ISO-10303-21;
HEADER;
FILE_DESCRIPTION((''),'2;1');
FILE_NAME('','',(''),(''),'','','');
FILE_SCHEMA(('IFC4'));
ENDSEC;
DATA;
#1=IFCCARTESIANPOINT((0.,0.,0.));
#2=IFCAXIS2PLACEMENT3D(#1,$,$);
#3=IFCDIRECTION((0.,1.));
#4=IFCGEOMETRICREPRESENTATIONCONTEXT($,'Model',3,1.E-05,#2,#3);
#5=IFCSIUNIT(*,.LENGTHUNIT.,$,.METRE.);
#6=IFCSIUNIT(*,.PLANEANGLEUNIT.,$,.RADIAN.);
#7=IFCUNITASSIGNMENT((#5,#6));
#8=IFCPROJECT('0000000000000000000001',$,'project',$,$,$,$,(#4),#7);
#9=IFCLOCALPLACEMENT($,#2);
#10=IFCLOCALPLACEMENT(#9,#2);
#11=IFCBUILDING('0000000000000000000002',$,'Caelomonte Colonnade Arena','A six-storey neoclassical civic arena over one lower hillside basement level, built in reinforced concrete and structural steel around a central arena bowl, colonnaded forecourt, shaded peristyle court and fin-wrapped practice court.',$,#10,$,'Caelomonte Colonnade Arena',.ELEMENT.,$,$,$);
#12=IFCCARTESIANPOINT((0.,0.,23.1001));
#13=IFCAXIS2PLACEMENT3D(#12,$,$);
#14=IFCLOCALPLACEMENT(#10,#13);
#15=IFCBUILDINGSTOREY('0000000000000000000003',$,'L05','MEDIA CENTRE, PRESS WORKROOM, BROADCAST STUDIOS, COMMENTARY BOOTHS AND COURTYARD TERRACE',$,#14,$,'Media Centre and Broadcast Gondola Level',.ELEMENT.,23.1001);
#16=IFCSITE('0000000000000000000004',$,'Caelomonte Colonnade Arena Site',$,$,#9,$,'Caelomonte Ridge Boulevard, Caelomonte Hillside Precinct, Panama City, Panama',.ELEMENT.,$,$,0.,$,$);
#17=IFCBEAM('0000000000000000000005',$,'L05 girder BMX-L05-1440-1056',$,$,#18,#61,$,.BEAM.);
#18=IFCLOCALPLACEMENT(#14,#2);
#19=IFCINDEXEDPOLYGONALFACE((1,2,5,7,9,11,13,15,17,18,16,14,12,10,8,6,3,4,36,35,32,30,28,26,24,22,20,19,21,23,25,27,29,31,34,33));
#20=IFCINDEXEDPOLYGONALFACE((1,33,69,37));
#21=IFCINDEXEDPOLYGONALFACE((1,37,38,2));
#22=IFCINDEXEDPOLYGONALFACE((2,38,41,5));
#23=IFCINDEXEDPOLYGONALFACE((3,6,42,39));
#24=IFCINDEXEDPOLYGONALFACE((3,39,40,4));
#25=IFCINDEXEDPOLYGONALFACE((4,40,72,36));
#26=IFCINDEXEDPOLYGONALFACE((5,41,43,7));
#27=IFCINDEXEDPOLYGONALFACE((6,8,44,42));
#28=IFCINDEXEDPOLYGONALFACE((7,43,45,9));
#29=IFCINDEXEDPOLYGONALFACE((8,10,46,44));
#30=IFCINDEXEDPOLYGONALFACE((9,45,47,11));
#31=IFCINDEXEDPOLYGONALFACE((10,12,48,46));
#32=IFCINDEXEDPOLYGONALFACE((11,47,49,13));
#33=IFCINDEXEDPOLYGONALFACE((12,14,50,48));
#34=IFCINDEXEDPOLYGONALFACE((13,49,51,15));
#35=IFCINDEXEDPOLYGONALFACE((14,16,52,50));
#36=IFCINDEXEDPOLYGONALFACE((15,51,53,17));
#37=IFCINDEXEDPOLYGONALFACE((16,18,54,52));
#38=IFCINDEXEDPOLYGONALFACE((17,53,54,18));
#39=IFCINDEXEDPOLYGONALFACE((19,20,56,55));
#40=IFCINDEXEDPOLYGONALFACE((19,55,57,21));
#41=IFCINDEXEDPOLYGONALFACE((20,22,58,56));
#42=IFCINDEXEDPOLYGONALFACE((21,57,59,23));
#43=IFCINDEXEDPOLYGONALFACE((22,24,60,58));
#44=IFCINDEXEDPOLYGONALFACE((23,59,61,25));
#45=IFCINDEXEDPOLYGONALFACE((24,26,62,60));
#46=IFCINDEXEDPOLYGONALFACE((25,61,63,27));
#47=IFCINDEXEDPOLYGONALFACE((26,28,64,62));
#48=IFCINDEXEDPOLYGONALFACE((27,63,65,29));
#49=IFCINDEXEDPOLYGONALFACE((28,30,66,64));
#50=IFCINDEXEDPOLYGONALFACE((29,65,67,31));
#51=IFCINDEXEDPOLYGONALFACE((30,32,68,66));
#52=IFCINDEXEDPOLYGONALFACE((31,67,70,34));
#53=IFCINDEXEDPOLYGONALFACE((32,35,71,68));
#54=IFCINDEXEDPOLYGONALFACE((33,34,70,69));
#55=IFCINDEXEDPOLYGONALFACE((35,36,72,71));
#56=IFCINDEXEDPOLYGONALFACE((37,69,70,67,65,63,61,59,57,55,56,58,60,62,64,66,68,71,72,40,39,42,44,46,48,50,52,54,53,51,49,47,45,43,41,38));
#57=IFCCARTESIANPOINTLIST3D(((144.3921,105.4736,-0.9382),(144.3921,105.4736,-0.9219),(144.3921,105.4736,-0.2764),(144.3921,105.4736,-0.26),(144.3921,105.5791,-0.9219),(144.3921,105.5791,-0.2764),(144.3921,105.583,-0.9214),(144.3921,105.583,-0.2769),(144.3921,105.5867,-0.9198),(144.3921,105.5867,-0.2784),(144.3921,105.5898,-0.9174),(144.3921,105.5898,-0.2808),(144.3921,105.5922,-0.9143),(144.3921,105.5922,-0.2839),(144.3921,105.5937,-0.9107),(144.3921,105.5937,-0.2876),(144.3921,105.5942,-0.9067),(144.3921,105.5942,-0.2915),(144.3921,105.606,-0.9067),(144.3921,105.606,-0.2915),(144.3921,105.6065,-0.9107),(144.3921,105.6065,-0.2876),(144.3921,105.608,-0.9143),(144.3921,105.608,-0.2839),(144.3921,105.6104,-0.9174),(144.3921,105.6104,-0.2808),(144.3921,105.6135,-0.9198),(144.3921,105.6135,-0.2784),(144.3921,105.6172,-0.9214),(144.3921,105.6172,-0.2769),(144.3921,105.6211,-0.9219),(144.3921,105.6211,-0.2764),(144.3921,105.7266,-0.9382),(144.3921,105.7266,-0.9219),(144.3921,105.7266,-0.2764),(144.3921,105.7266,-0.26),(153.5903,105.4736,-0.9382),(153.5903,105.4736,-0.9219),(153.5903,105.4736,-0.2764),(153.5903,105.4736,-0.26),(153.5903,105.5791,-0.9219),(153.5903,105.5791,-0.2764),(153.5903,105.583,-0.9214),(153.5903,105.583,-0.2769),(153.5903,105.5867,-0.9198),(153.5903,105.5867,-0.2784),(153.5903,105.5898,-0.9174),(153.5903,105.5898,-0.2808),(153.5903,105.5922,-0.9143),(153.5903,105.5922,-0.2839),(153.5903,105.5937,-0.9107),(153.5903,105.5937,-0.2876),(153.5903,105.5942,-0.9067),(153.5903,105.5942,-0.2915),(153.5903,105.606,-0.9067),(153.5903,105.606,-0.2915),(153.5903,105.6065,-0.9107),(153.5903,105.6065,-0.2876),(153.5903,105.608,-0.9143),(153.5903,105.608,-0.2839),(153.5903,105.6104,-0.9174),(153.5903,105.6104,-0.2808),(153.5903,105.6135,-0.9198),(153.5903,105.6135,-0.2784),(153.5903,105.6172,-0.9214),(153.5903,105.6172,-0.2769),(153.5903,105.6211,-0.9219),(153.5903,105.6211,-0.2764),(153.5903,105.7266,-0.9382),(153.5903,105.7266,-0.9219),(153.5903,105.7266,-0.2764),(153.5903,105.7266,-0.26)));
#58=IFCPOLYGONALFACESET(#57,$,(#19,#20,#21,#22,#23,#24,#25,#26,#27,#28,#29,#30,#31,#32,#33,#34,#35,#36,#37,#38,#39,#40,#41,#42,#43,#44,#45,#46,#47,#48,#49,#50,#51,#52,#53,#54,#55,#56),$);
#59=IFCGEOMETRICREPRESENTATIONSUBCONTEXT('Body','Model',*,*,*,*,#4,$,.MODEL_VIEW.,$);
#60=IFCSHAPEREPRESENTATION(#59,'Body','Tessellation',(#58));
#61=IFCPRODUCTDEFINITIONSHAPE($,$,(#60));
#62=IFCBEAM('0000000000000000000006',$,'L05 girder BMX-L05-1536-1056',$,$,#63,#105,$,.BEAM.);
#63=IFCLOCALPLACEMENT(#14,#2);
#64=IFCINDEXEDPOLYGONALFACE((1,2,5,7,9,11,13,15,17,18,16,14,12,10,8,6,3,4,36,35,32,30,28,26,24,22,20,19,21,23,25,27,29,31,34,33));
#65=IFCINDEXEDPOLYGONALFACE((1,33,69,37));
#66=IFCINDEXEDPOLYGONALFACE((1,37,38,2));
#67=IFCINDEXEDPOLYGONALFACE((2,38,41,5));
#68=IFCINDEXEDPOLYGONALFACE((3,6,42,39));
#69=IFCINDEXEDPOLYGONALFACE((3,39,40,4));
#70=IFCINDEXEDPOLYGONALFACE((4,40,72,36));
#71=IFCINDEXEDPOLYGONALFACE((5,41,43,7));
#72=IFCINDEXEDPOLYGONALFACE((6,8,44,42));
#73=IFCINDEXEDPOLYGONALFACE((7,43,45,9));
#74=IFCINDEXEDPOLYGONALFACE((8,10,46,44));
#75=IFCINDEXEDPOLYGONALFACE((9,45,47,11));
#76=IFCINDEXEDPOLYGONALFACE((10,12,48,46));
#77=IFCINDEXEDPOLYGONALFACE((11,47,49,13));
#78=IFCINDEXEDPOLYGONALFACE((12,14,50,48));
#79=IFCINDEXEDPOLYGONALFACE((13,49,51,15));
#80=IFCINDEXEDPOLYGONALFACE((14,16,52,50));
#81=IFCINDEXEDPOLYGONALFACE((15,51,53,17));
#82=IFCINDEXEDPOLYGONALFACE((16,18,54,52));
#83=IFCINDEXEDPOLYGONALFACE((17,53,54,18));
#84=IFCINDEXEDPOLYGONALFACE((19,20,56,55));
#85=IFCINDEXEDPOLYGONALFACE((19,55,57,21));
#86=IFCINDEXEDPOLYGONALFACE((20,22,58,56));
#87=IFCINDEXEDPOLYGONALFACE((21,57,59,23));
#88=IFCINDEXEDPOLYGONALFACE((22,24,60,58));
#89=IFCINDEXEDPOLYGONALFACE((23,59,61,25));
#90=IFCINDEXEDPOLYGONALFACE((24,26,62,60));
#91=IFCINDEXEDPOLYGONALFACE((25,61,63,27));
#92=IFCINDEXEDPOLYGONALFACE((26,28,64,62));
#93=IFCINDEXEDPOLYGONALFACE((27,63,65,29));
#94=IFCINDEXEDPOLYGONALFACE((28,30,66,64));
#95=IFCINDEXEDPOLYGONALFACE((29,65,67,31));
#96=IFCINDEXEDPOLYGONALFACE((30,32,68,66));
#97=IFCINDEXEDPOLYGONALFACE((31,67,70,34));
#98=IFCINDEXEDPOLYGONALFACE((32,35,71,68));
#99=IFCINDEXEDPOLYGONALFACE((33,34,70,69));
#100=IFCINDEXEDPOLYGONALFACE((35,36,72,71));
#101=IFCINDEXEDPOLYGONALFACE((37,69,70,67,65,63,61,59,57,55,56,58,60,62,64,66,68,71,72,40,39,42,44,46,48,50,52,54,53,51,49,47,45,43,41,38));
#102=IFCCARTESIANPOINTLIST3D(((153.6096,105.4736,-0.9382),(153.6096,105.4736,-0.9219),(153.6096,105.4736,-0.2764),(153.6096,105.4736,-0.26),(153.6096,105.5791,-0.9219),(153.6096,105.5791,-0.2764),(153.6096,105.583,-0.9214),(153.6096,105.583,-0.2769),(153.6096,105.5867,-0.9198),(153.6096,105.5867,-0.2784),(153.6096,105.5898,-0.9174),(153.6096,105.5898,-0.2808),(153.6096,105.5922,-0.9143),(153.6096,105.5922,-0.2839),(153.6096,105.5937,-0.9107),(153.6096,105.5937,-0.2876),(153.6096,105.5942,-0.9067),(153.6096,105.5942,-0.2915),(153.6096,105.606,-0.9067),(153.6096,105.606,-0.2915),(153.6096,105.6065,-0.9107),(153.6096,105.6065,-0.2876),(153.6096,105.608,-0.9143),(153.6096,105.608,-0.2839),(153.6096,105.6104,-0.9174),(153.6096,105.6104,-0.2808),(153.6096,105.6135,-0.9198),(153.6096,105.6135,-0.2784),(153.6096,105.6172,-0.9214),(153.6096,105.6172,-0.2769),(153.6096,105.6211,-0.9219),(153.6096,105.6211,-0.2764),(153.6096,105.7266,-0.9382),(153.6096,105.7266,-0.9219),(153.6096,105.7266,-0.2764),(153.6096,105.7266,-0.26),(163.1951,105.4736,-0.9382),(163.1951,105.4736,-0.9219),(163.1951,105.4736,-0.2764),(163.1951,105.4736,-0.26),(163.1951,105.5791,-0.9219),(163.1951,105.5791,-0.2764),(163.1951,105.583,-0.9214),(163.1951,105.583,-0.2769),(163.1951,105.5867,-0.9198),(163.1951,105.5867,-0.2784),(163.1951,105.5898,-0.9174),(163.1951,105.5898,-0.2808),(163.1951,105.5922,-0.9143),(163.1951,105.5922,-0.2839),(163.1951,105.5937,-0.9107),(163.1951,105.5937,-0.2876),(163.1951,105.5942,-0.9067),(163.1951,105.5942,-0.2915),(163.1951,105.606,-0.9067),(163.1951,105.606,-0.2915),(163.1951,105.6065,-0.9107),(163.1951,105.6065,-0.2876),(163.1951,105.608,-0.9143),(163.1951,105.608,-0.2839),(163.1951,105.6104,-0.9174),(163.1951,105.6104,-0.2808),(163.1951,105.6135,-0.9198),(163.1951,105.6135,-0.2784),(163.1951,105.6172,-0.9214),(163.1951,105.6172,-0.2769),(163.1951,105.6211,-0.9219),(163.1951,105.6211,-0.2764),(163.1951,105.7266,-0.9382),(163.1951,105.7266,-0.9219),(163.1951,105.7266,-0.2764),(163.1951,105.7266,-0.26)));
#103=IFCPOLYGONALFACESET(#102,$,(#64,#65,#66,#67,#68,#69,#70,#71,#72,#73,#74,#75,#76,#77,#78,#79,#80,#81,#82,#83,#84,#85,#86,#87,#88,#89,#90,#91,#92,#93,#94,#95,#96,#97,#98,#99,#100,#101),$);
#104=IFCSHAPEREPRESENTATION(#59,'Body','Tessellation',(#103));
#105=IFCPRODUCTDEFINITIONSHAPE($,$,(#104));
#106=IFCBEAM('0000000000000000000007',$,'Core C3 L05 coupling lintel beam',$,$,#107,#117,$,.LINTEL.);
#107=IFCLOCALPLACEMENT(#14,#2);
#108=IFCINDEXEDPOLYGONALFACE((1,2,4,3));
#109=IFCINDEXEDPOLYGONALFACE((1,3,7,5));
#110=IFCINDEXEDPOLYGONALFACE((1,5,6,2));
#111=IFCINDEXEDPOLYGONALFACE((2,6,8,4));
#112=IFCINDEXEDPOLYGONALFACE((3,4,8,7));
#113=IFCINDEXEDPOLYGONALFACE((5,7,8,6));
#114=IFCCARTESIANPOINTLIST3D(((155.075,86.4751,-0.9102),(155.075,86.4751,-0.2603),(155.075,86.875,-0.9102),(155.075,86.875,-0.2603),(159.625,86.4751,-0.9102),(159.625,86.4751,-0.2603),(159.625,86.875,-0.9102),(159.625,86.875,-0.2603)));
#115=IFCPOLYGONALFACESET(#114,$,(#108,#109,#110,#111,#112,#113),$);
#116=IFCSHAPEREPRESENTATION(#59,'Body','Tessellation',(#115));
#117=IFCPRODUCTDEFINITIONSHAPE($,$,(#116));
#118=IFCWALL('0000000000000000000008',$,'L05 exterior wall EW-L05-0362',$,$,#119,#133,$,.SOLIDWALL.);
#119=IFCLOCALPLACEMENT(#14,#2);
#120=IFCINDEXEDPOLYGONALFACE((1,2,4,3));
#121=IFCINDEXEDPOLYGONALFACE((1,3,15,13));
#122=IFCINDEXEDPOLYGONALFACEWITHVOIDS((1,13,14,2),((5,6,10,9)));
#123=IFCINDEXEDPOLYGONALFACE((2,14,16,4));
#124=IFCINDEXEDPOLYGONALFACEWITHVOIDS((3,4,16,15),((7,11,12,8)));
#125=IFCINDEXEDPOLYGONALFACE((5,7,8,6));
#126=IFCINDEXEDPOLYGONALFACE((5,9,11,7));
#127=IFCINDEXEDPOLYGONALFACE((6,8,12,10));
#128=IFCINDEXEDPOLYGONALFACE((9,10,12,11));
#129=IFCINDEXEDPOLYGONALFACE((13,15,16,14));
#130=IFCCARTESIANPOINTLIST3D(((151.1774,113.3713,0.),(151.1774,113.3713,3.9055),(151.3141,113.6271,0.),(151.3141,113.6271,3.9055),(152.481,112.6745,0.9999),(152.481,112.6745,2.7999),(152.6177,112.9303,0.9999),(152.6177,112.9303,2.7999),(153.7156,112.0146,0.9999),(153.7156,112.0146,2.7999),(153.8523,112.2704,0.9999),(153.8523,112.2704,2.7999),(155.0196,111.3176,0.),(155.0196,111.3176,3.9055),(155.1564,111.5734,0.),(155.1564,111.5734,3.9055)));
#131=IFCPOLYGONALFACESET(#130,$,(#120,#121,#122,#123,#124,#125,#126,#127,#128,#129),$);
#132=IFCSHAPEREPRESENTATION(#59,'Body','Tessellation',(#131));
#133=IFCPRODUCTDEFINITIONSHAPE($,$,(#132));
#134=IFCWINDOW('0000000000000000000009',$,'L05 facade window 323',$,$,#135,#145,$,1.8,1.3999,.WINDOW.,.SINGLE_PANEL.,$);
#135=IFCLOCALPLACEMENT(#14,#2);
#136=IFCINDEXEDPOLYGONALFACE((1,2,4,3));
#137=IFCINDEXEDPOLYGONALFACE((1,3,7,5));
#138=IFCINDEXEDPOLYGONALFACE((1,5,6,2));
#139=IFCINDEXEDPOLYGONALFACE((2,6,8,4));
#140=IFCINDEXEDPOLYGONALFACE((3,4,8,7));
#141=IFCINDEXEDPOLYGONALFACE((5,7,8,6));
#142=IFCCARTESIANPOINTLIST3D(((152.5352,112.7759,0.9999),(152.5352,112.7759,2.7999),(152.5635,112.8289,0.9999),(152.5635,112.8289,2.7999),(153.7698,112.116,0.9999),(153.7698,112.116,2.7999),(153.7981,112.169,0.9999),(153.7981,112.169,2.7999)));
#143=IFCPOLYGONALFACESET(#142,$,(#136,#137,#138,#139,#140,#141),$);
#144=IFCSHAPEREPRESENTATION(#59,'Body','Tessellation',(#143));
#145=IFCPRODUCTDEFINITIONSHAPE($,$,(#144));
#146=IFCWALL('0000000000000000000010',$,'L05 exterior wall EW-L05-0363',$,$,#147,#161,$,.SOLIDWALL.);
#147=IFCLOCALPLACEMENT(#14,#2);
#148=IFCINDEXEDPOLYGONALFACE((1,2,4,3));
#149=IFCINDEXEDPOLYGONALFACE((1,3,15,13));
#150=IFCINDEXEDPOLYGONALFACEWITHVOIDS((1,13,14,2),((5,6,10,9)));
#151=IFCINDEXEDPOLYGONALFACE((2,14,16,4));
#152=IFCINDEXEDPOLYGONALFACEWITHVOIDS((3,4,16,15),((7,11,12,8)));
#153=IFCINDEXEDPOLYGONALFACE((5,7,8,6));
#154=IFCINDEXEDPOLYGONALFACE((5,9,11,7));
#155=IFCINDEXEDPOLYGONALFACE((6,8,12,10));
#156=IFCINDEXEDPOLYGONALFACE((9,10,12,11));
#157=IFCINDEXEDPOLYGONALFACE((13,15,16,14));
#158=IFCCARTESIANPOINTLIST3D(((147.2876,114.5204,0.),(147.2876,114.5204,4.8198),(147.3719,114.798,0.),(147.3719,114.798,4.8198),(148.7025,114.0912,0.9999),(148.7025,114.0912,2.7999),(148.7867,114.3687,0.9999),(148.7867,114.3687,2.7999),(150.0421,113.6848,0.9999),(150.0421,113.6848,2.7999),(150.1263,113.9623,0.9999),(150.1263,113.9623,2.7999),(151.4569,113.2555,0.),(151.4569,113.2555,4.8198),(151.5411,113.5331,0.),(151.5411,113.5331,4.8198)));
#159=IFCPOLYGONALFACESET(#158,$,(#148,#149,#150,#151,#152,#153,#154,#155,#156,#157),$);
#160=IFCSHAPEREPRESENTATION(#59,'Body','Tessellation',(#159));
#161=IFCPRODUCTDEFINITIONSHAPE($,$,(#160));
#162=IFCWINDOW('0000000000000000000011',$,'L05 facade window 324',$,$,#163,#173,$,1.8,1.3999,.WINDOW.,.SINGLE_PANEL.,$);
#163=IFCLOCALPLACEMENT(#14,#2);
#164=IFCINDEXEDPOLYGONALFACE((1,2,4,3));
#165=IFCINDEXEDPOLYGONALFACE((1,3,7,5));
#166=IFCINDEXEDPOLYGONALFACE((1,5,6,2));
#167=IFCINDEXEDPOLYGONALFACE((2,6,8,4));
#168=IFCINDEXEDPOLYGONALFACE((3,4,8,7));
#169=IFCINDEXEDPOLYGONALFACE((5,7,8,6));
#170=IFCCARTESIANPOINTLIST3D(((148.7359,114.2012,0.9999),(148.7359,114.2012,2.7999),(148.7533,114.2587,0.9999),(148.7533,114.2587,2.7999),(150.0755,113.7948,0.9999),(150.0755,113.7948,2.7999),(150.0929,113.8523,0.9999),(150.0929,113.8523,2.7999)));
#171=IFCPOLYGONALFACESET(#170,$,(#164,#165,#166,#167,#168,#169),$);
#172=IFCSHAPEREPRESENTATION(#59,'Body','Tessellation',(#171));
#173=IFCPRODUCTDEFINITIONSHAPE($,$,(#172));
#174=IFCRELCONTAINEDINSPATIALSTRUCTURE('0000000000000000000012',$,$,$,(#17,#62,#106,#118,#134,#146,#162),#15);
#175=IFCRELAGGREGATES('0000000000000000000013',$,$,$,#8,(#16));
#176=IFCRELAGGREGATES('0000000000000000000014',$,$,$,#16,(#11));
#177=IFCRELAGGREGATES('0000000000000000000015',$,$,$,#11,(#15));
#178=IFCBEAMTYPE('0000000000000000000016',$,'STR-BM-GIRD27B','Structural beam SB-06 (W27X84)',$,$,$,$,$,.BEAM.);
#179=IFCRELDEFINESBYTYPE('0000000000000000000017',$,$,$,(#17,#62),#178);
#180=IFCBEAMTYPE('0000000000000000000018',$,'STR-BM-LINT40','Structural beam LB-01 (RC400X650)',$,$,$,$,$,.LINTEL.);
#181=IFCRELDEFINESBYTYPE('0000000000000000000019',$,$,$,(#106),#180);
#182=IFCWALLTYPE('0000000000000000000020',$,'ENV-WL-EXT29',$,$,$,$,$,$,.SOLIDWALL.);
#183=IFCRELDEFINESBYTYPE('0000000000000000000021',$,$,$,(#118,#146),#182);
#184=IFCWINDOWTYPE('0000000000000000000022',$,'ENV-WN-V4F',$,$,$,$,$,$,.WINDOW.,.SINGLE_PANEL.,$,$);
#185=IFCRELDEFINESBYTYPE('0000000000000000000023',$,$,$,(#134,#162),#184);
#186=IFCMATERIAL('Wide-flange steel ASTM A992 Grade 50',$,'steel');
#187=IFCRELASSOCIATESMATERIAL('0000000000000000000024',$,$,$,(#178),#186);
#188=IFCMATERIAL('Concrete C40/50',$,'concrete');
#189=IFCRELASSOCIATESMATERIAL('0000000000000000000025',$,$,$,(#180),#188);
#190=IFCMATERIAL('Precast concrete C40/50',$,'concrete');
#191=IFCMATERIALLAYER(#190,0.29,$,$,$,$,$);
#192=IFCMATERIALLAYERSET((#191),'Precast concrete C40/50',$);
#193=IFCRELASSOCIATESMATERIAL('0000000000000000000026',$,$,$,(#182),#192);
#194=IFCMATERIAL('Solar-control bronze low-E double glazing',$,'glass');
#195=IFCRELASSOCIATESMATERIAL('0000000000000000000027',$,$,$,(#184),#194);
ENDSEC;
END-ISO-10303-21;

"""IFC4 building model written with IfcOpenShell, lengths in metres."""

from ifc_helpers import new_model, si_unit, direction, frame, frame_2d, origin, origin_2d, place, context, subcontext, project, spatial, rectangle, i_section, extrude, material, layer, layer_set, material_profile, profile_set, type_object, element, fill, save


model = new_model("IFC4")

# Units and contexts
model_context = context("Model", 3, precision=1e-05, world=origin(), true_north=direction((0.0, 1.0)))
body_context = subcontext(model_context, "Body", "Model", "MODEL_VIEW")
ifc_project = project(units=[si_unit("LENGTHUNIT", "METRE"), si_unit("PLANEANGLEUNIT", "RADIAN")], contexts=[model_context])

# Site, building, storey
site_placement = place(None, origin())
site = spatial("IfcSite", under=ifc_project, at=site_placement, Name="Caelomonte Colonnade Arena Site", LongName="Caelomonte Ridge Boulevard, Caelomonte Hillside Precinct, Panama City, Panama", CompositionType="ELEMENT", RefElevation=0.0)
building_placement = place(site_placement, origin())
building = spatial("IfcBuilding", under=site, at=building_placement, Name="Caelomonte Colonnade Arena", Description="A six-storey neoclassical civic arena over one lower hillside basement level, built in reinforced concrete and structural steel around a central arena bowl, colonnaded forecourt, shaded peristyle court and fin-wrapped practice court.", LongName="Caelomonte Colonnade Arena", CompositionType="ELEMENT")
storey_placement = place(building_placement, frame((0.0, 0.0, 23.1001)))
storey = spatial("IfcBuildingStorey", under=building, at=storey_placement, Name="L05", Description="MEDIA CENTRE, PRESS WORKROOM, BROADCAST STUDIOS, COMMENTARY BOOTHS AND COURTYARD TERRACE", LongName="Media Centre and Broadcast Gondola Level", CompositionType="ELEMENT", Elevation=23.1001)

# Shared definitions
ifc_material_1 = material(Name="Wide-flange steel ASTM A992 Grade 50", Category="steel")

# Beams
ifc_material_profile_1 = material_profile(ifc_material_1, i_section(OverallWidth=0.2529, OverallDepth=0.6782, WebThickness=0.0117, FlangeThickness=0.0164, FilletRadius=0.0151, at=origin_2d()), Name="W27X84")
ifc_profile_set_1 = profile_set([ifc_material_profile_1], Name="Wide-flange steel ASTM A992 Grade 50")
beam_type_1 = type_object("IfcBeamType", Name="STR-BM-GIRD27B", Description="Structural beam SB-06 (W27X84)", PredefinedType="BEAM", material=ifc_profile_set_1)
beam_1_placement = place(storey_placement, frame((144.3921, 105.6001, -0.5991), z_axis=(1.0, 0.0, 0.0), x_axis=(0.0, 1.0, 0.0)))
element("IfcBeam", 1, at=beam_1_placement, inside=storey, type_object=beam_type_1, Name="L05 girder BMX-L05-1440-1056", PredefinedType="BEAM", context=body_context, shape_type="SweptSolid", body=[
    extrude(i_section(OverallWidth=0.2529, OverallDepth=0.6782, WebThickness=0.0117, FlangeThickness=0.0164, FilletRadius=0.0151, at=origin_2d()), origin(), (0.0, 0.0, 1.0), 9.1982),
])
beam_2_placement = place(storey_placement, frame((153.6096, 105.6001, -0.5991), z_axis=(1.0, 0.0, 0.0), x_axis=(0.0, 1.0, 0.0)))
element("IfcBeam", 2, at=beam_2_placement, inside=storey, type_object=beam_type_1, Name="L05 girder BMX-L05-1536-1056", PredefinedType="BEAM", context=body_context, shape_type="SweptSolid", body=[
    extrude(i_section(OverallWidth=0.2529, OverallDepth=0.6782, WebThickness=0.0117, FlangeThickness=0.0164, FilletRadius=0.0151, at=origin_2d()), origin(), (0.0, 0.0, 1.0), 9.5854),
])
ifc_material_2 = material(Name="Concrete C40/50", Category="concrete")
ifc_material_profile_2 = material_profile(ifc_material_2, rectangle(XDim=0.3999, YDim=0.6499, at=origin_2d()), Name="RC400X650")
ifc_profile_set_2 = profile_set([ifc_material_profile_2], Name="Concrete C40/50")
beam_type_2 = type_object("IfcBeamType", Name="STR-BM-LINT40", Description="Structural beam LB-01 (RC400X650)", PredefinedType="LINTEL", material=ifc_profile_set_2)
beam_3_placement = place(storey_placement, frame((155.075, 86.675, -0.5852), z_axis=(1.0, 0.0, 0.0), x_axis=(0.0, 1.0, 0.0)))
element("IfcBeam", 3, at=beam_3_placement, inside=storey, type_object=beam_type_2, Name="Core C3 L05 coupling lintel beam", PredefinedType="LINTEL", context=body_context, shape_type="SweptSolid", body=[
    extrude(rectangle(XDim=0.3999, YDim=0.6499, at=origin_2d()), origin(), (0.0, 0.0, 1.0), 4.55),
])

# Walls, openings, windows
ifc_material_3 = material(Name="Precast concrete C40/50", Category="concrete")
ifc_layer_1 = layer(ifc_material_3, 0.29)
ifc_layer_set_1 = layer_set([ifc_layer_1], Name="Precast concrete C40/50")
wall_type_1 = type_object("IfcWallType", Name="ENV-WL-EXT29", PredefinedType="SOLIDWALL", material=ifc_layer_set_1)
wall_1_placement = place(storey_placement, frame((155.0879, 111.4456, 0.0), z_axis=(0.0, 0.0, 1.0), x_axis=(-0.881924, 0.471391, 0.0)))
wall_1 = element("IfcWall", 4, at=wall_1_placement, inside=storey, type_object=wall_type_1, Name="L05 exterior wall EW-L05-0362", PredefinedType="SOLIDWALL", context=body_context, shape_type="SweptSolid", body=[
    extrude(rectangle(XDim=4.3567, YDim=0.29, at=frame_2d((2.1782, 0.0))), origin(), (0.0, 0.0, 1.0), 3.9055),
])
opening_1_placement = place(wall_1_placement, frame((2.8784, 0.0, 1.0), z_axis=(0.0, 0.0, 1.0), x_axis=(-1.0, 0.0, 0.0)))
opening_1 = element("IfcOpeningElement", 5, at=opening_1_placement, cuts=wall_1, PredefinedType="OPENING", context=body_context, shape_type="SweptSolid", body=[
    extrude(rectangle(XDim=1.3999, YDim=1.8, at=frame_2d((0.7, 0.8999))), frame((0.0, 0.155, 0.0), z_axis=(0.0, -1.0, 0.0), x_axis=(1.0, 0.0, 0.0)), (0.0, 0.0, 1.0), 0.3101),
])
ifc_material_4 = material(Name="Solar-control bronze low-E double glazing", Category="glass")
window_type = type_object("IfcWindowType", Name="ENV-WN-V4F", PartitioningType="SINGLE_PANEL", PredefinedType="WINDOW", material=ifc_material_4)
window_1_placement = place(opening_1_placement, origin())
window_1 = element("IfcWindow", 6, at=window_1_placement, inside=storey, type_object=window_type, Name="L05 facade window 323", OverallHeight=1.8, OverallWidth=1.3999, PartitioningType="SINGLE_PANEL", PredefinedType="WINDOW", context=body_context, shape_type="SweptSolid", body=[
    extrude(rectangle(XDim=1.3999, YDim=1.8, at=frame_2d((0.7, 0.8999))), frame((0.0, 0.03, 0.0), z_axis=(0.0, -1.0, 0.0), x_axis=(1.0, 0.0, 0.0)), (0.0, 0.0, 1.0), 0.0601),
])
fill(opening_1, window_1)
wall_2_placement = place(storey_placement, frame((151.499, 113.3943, 0.0), z_axis=(0.0, 0.0, 1.0), x_axis=(-0.956929, 0.290323, 0.0)))
wall_2 = element("IfcWall", 7, at=wall_2_placement, inside=storey, type_object=wall_type_1, Name="L05 exterior wall EW-L05-0363", PredefinedType="SOLIDWALL", context=body_context, shape_type="SweptSolid", body=[
    extrude(rectangle(XDim=4.3569, YDim=0.29, at=frame_2d((2.1785, 0.0))), origin(), (0.0, 0.0, 1.0), 4.8198),
])
opening_2_placement = place(wall_2_placement, frame((2.8784, 0.0, 1.0), z_axis=(0.0, 0.0, 1.0), x_axis=(-1.0, 0.0, 0.0)))
opening_2 = element("IfcOpeningElement", 8, at=opening_2_placement, cuts=wall_2, PredefinedType="OPENING", context=body_context, shape_type="SweptSolid", body=[
    extrude(rectangle(XDim=1.3999, YDim=1.8, at=frame_2d((0.7, 0.8999))), frame((0.0, 0.155, 0.0), z_axis=(0.0, -1.0, 0.0), x_axis=(1.0, 0.0, 0.0)), (0.0, 0.0, 1.0), 0.3101),
])
window_2_placement = place(opening_2_placement, origin())
window_2 = element("IfcWindow", 9, at=window_2_placement, inside=storey, type_object=window_type, Name="L05 facade window 324", OverallHeight=1.8, OverallWidth=1.3999, PartitioningType="SINGLE_PANEL", PredefinedType="WINDOW", context=body_context, shape_type="SweptSolid", body=[
    extrude(rectangle(XDim=1.3999, YDim=1.8, at=frame_2d((0.7, 0.8999))), frame((0.0, 0.03, 0.0), z_axis=(0.0, -1.0, 0.0), x_axis=(1.0, 0.0, 0.0)), (0.0, 0.0, 1.0), 0.0601),
])
fill(opening_2, window_2)

save(model, "model.ifc")
